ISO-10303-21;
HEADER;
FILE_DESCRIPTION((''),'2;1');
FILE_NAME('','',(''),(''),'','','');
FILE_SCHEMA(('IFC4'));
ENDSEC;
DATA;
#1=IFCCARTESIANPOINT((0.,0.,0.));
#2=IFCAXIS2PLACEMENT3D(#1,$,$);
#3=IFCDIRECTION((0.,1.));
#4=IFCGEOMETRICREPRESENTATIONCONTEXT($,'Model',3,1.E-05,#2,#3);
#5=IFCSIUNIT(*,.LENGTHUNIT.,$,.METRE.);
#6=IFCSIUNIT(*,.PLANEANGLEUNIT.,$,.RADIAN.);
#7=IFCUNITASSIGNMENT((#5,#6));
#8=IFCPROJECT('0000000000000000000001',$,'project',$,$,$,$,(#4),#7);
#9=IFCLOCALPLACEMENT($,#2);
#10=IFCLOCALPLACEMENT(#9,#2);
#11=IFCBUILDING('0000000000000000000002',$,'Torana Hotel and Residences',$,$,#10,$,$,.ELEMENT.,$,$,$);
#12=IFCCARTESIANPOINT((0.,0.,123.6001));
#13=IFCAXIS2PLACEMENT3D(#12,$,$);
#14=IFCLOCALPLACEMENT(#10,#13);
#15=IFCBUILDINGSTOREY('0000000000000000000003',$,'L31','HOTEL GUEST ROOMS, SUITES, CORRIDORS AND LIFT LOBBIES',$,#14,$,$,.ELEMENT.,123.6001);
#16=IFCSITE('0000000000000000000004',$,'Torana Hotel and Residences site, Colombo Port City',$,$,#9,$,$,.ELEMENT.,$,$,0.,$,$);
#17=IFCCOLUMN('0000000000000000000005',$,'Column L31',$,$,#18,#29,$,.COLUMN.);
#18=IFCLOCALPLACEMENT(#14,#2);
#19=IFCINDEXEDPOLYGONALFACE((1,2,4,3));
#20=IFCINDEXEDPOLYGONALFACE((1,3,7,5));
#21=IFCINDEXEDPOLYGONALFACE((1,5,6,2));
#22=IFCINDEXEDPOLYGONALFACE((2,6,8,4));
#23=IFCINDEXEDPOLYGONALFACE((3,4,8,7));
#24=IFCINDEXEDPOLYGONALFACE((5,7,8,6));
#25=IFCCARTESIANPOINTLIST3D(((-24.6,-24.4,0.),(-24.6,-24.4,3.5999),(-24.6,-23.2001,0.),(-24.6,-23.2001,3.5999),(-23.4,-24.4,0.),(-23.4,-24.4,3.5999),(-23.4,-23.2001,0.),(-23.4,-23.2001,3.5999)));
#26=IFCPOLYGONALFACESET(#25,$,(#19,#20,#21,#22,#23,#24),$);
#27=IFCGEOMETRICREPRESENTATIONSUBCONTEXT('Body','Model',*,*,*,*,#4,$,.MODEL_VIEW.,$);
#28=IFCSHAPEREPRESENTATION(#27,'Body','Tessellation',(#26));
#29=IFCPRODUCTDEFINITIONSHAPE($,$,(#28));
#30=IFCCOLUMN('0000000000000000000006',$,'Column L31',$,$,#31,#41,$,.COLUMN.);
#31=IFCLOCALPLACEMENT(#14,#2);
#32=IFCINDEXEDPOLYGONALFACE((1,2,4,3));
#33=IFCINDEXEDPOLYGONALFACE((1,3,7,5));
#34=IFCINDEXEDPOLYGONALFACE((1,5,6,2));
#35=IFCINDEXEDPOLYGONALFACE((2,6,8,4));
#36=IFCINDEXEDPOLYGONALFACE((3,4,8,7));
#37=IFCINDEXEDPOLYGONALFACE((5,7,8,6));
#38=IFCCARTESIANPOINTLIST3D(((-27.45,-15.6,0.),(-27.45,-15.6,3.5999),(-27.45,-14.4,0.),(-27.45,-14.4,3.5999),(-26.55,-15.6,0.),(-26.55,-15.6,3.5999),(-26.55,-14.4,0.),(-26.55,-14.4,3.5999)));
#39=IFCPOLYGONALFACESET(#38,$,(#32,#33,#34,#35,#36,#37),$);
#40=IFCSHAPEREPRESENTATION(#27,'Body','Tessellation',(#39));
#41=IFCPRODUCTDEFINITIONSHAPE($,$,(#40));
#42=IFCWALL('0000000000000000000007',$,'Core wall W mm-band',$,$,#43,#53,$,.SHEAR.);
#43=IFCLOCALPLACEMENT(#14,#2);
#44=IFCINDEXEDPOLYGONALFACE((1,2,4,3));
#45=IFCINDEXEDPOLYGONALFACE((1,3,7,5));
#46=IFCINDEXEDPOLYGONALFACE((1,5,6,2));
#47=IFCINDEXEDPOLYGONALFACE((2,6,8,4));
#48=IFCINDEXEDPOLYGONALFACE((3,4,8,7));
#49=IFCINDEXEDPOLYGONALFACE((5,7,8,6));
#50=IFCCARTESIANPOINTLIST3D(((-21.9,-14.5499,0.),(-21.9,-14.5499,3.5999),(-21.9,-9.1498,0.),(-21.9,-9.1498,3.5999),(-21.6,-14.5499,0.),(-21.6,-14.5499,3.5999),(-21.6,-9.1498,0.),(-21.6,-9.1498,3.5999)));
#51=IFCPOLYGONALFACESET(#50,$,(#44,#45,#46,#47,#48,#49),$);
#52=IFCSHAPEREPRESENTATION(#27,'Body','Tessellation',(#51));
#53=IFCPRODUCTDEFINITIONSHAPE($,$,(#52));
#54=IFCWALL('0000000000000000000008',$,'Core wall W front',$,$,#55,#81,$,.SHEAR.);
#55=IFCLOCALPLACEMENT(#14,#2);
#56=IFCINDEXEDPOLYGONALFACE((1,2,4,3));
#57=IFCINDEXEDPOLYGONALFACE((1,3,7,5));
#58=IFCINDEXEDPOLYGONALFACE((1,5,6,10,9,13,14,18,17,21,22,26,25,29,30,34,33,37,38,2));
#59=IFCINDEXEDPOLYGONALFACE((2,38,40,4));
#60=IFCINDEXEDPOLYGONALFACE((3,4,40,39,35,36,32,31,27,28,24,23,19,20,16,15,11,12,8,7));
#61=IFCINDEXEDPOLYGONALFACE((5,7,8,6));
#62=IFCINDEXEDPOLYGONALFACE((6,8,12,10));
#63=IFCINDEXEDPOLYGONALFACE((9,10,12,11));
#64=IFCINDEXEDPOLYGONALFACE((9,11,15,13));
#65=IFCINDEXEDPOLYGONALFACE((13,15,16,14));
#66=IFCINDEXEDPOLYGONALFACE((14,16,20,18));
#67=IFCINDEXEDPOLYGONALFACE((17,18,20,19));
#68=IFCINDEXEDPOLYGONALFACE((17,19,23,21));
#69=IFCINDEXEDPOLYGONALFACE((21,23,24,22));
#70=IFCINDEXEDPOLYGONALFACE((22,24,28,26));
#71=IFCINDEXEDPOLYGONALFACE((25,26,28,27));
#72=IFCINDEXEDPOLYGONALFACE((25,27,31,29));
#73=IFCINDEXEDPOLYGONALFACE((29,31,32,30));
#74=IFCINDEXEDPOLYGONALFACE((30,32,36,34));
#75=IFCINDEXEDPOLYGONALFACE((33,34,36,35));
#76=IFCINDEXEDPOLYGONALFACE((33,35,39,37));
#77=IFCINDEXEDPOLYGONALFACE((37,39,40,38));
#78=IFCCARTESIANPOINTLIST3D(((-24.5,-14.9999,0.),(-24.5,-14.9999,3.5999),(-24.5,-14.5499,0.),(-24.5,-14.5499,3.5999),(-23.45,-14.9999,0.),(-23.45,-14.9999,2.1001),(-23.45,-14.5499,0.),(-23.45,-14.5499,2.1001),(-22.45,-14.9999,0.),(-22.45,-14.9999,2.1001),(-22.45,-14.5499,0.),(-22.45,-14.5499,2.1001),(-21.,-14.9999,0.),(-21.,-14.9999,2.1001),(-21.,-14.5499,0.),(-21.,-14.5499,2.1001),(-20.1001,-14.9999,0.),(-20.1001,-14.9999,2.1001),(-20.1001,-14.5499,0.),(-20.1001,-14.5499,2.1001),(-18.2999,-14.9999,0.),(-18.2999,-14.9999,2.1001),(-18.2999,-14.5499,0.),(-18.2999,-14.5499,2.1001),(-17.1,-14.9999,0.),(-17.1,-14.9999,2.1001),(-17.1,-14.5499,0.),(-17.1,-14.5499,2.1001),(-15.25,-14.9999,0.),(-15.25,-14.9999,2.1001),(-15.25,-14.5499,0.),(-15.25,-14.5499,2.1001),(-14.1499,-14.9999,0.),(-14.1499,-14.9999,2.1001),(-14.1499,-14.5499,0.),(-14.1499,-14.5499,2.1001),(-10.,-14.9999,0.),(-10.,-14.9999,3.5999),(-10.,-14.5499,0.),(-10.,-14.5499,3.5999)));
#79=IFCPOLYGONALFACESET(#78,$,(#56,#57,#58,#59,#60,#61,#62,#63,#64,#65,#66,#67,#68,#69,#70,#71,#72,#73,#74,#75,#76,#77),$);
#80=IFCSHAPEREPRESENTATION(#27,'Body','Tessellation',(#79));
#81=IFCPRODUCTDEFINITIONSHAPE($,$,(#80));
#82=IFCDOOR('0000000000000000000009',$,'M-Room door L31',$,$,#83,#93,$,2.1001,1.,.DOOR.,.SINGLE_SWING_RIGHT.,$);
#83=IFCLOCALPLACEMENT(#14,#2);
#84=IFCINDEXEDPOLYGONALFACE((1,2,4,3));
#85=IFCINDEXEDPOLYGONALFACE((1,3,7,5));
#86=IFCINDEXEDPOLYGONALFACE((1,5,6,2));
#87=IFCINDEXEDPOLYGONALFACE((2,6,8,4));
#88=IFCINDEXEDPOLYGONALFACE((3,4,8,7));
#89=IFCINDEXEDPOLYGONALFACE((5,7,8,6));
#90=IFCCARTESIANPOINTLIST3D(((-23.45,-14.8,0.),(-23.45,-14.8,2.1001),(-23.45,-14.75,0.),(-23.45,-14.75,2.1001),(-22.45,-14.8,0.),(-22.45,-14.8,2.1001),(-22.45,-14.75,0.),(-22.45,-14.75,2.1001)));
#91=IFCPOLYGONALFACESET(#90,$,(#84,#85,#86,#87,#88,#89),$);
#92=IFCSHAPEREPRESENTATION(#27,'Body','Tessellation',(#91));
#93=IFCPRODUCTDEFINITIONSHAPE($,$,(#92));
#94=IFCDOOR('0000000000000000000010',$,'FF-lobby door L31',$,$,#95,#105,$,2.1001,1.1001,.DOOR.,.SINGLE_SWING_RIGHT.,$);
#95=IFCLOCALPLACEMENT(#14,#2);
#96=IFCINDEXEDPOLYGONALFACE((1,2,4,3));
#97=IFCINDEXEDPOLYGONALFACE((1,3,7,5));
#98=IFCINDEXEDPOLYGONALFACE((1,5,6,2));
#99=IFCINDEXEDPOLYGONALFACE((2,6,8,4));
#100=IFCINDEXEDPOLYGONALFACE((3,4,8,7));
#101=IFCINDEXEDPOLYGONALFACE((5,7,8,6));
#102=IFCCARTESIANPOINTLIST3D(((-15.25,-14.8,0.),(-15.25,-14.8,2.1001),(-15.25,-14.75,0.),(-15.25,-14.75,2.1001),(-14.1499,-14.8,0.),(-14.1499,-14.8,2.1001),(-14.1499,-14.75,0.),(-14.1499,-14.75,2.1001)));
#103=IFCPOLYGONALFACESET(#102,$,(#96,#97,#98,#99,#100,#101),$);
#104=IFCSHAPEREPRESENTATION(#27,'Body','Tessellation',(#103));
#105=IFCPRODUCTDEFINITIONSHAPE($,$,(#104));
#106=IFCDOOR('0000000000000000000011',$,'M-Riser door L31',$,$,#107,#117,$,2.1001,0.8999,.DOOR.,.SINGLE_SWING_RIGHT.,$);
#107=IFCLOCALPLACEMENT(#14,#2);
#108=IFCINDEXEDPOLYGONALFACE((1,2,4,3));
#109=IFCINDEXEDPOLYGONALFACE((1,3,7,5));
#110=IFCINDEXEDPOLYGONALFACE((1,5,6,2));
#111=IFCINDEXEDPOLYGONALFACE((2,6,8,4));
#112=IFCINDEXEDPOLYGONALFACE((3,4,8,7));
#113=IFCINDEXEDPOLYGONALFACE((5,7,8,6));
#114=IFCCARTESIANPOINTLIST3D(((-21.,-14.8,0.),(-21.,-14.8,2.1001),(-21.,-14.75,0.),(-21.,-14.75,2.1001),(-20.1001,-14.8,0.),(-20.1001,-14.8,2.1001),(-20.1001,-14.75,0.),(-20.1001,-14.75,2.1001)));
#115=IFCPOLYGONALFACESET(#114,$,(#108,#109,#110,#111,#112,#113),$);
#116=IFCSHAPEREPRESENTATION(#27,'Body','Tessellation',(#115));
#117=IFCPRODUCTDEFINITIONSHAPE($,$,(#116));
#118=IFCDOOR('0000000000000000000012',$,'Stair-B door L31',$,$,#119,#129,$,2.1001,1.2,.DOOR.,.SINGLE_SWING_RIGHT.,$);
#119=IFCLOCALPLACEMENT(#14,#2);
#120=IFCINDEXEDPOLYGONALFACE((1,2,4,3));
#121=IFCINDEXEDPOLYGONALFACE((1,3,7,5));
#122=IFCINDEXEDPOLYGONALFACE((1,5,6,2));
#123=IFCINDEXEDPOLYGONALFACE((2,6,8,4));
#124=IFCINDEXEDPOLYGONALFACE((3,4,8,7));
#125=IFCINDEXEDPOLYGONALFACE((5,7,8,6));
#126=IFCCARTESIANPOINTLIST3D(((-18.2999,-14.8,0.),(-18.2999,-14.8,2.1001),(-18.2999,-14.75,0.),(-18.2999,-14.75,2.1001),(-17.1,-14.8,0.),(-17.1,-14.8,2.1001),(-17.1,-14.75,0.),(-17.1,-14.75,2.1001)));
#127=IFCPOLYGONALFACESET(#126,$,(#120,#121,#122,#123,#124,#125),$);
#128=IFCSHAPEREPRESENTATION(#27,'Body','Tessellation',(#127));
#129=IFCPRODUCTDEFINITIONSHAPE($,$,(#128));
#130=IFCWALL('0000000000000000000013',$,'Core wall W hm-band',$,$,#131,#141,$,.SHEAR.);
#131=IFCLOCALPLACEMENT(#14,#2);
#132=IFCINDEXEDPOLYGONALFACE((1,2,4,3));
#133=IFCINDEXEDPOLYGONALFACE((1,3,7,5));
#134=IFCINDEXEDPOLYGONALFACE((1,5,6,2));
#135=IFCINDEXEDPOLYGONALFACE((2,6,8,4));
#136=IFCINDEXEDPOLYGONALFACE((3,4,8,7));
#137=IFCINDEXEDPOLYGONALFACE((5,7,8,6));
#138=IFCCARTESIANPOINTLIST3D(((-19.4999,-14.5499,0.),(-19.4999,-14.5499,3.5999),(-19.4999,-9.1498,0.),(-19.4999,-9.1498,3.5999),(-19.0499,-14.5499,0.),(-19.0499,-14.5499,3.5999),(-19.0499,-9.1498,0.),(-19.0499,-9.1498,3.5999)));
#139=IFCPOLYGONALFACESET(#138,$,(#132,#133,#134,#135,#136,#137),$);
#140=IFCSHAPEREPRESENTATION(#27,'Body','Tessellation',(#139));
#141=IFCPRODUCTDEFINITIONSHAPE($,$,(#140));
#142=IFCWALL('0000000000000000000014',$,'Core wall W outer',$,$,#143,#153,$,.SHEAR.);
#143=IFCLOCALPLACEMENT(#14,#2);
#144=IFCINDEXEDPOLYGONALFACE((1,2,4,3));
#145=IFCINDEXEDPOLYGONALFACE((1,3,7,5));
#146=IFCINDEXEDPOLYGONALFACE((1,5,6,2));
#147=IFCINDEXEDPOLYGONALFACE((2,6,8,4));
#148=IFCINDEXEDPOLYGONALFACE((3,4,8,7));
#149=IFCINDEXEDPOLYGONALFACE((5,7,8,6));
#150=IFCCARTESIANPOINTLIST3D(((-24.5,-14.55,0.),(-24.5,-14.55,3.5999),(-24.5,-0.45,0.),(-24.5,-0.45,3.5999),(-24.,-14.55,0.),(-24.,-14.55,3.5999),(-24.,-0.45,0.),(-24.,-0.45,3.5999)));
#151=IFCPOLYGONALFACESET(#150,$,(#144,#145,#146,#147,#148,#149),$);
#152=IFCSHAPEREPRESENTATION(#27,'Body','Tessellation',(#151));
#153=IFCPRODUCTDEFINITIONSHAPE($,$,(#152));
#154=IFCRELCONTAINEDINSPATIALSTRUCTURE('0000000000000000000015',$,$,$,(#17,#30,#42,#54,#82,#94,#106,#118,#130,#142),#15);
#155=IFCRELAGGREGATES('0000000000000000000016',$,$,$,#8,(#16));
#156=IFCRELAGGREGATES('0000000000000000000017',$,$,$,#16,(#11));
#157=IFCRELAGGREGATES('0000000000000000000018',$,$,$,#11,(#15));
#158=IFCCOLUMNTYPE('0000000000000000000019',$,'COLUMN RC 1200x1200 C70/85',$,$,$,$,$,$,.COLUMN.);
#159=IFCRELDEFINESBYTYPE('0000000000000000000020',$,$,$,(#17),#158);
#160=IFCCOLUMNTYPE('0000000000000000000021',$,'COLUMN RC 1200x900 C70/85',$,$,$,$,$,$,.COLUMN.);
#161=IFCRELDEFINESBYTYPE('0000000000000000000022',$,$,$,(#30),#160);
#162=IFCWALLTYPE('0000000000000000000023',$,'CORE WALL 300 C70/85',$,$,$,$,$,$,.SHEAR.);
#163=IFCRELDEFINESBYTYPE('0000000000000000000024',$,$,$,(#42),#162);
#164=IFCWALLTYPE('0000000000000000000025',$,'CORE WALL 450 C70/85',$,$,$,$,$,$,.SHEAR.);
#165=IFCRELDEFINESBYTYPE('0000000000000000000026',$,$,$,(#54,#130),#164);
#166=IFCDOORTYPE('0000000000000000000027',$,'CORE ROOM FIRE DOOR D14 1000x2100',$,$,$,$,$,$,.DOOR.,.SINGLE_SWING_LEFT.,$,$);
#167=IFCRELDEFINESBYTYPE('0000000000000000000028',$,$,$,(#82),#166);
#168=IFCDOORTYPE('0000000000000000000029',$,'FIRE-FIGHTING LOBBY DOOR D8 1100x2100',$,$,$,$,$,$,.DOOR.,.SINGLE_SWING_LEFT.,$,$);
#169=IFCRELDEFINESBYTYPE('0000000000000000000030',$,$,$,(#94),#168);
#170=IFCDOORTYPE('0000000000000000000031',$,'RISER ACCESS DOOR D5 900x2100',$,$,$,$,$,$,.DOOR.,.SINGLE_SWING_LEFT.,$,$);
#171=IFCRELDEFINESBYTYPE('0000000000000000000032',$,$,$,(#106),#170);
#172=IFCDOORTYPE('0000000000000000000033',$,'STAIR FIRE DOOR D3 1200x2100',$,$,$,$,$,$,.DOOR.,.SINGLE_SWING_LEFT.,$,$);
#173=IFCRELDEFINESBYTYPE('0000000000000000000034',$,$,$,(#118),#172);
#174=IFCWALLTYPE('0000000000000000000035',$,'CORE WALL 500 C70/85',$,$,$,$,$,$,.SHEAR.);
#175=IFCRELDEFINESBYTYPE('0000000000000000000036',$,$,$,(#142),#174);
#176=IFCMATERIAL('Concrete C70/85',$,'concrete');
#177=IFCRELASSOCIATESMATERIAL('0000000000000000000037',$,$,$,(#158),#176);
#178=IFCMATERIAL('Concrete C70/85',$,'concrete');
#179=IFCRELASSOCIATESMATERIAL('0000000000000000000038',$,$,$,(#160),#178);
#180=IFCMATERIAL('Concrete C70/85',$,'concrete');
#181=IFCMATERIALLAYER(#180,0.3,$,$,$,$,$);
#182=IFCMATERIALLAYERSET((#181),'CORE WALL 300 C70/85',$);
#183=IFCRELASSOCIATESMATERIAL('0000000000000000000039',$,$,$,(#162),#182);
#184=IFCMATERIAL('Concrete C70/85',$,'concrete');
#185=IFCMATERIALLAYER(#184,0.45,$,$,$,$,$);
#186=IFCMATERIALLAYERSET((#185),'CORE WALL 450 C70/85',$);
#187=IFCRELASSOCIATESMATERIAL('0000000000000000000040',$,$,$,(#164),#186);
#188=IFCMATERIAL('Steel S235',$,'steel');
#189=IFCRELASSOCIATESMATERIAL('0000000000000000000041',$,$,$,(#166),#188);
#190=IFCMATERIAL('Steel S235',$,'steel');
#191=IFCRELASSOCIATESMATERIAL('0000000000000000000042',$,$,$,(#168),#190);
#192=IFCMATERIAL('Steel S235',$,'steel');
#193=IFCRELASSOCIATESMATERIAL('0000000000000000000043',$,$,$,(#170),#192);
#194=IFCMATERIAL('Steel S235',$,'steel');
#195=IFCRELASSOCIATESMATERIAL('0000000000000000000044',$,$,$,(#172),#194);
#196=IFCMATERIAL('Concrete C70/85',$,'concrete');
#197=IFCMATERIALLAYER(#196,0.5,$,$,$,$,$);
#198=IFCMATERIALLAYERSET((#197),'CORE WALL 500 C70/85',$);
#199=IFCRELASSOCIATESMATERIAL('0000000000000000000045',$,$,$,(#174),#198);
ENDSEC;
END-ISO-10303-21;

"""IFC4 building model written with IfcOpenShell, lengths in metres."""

from ifc_helpers import new_model, si_unit, direction, frame, frame_2d, origin, origin_2d, place, context, subcontext, project, spatial, rectangle, extrude, material, layer, layer_set, material_profile, profile_set, type_object, element, fill, save


model = new_model("IFC4")

# Units and contexts
model_context = context("Model", 3, precision=1e-05, world=origin(), true_north=direction((0.0, 1.0)))
body_context = subcontext(model_context, "Body", "Model", "MODEL_VIEW")
ifc_project = project(units=[si_unit("LENGTHUNIT", "METRE"), si_unit("PLANEANGLEUNIT", "RADIAN")], contexts=[model_context])

# Site, building, storey
site_placement = place(None, origin())
site = spatial("IfcSite", under=ifc_project, at=site_placement, Name="Torana Hotel and Residences site, Colombo Port City", CompositionType="ELEMENT", RefElevation=0.0)
building_placement = place(site_placement, origin())
building = spatial("IfcBuilding", under=site, at=building_placement, Name="Torana Hotel and Residences", CompositionType="ELEMENT")
storey_placement = place(building_placement, frame((0.0, 0.0, 123.6001)))
storey = spatial("IfcBuildingStorey", under=building, at=storey_placement, Name="L31", Description="HOTEL GUEST ROOMS, SUITES, CORRIDORS AND LIFT LOBBIES", CompositionType="ELEMENT", Elevation=123.6001)

# Columns
ifc_material_1 = material(Name="Concrete C70/85", Category="concrete")
ifc_material_profile_1 = material_profile(ifc_material_1, rectangle(XDim=1.2, YDim=1.2, at=origin_2d()), Name="RC 1200x1200")
ifc_profile_set_1 = profile_set([ifc_material_profile_1], Name="Concrete C70/85")
column_type_1 = type_object("IfcColumnType", Name="COLUMN RC 1200x1200 C70/85", PredefinedType="COLUMN", material=ifc_profile_set_1)
column_1_placement = place(storey_placement, frame((-24.0, -23.8, 0.0), z_axis=(0.0, 0.0, 1.0), x_axis=(1.0, 0.0, 0.0)))
element("IfcColumn", 1, at=column_1_placement, inside=storey, type_object=column_type_1, Name="Column L31", PredefinedType="COLUMN", context=body_context, shape_type="SweptSolid", body=[
    extrude(rectangle(XDim=1.2, YDim=1.2, at=origin_2d()), origin(), (0.0, 0.0, 1.0), 3.5999),
])
ifc_material_2 = material(Name="Concrete C70/85", Category="concrete")
ifc_material_profile_2 = material_profile(ifc_material_2, rectangle(XDim=1.2, YDim=0.8999, at=origin_2d()), Name="RC 1200x900")
ifc_profile_set_2 = profile_set([ifc_material_profile_2], Name="Concrete C70/85")
column_type_2 = type_object("IfcColumnType", Name="COLUMN RC 1200x900 C70/85", PredefinedType="COLUMN", material=ifc_profile_set_2)
column_2_placement = place(storey_placement, frame((-27.0, -15.0, 0.0), z_axis=(0.0, 0.0, 1.0), x_axis=(0.0, 1.0, 0.0)))
element("IfcColumn", 2, at=column_2_placement, inside=storey, type_object=column_type_2, Name="Column L31", PredefinedType="COLUMN", context=body_context, shape_type="SweptSolid", body=[
    extrude(rectangle(XDim=1.2, YDim=0.8999, at=origin_2d()), origin(), (0.0, 0.0, 1.0), 3.5999),
])

# Wall
ifc_material_3 = material(Name="Concrete C70/85", Category="concrete")
ifc_layer_1 = layer(ifc_material_3, 0.3)
ifc_layer_set_1 = layer_set([ifc_layer_1], Name="CORE WALL 300 C70/85")
wall_type_1 = type_object("IfcWallType", Name="CORE WALL 300 C70/85", PredefinedType="SHEAR", material=ifc_layer_set_1)
wall_1_placement = place(storey_placement, frame((-21.75, -14.55, 0.0), z_axis=(0.0, 0.0, 1.0), x_axis=(0.0, 1.0, 0.0)))
element("IfcWall", 3, at=wall_1_placement, inside=storey, type_object=wall_type_1, Name="Core wall W mm-band", PredefinedType="SHEAR", context=body_context, shape_type="SweptSolid", body=[
    extrude(rectangle(XDim=5.4001, YDim=0.3, at=frame_2d((2.7002, 0.0))), origin(), (0.0, 0.0, 1.0), 3.5999),
])

# Wall, openings, doors
ifc_material_4 = material(Name="Concrete C70/85", Category="concrete")
ifc_layer_2 = layer(ifc_material_4, 0.45)
ifc_layer_set_2 = layer_set([ifc_layer_2], Name="CORE WALL 450 C70/85")
wall_type_2 = type_object("IfcWallType", Name="CORE WALL 450 C70/85", PredefinedType="SHEAR", material=ifc_layer_set_2)
wall_2_placement = place(storey_placement, frame((-24.5, -14.7749, 0.0), z_axis=(0.0, 0.0, 1.0), x_axis=(1.0, 0.0, 0.0)))
wall_2 = element("IfcWall", 4, at=wall_2_placement, inside=storey, type_object=wall_type_2, Name="Core wall W front", PredefinedType="SHEAR", context=body_context, shape_type="SweptSolid", body=[
    extrude(rectangle(XDim=14.5, YDim=0.45, at=frame_2d((7.25, 0.0))), origin(), (0.0, 0.0, 1.0), 3.5999),
])
opening_1_placement = place(wall_2_placement, frame((6.2, 0.0, 0.0)))
opening_1 = element("IfcOpeningElement", 5, at=opening_1_placement, cuts=wall_2, PredefinedType="OPENING", context=body_context, shape_type="SweptSolid", body=[
    extrude(rectangle(XDim=1.2, YDim=2.1001, at=frame_2d((0.6001, 1.05))), frame((0.0, 0.2349, 0.0), z_axis=(0.0, -1.0, 0.0), x_axis=(1.0, 0.0, 0.0)), (0.0, 0.0, 1.0), 0.47),
])
opening_2_placement = place(wall_2_placement, frame((9.25, 0.0, 0.0)))
opening_2 = element("IfcOpeningElement", 6, at=opening_2_placement, cuts=wall_2, PredefinedType="OPENING", context=body_context, shape_type="SweptSolid", body=[
    extrude(rectangle(XDim=1.1001, YDim=2.1001, at=frame_2d((0.55, 1.05))), frame((0.0, 0.2349, 0.0), z_axis=(0.0, -1.0, 0.0), x_axis=(1.0, 0.0, 0.0)), (0.0, 0.0, 1.0), 0.47),
])
opening_3_placement = place(wall_2_placement, frame((3.5, 0.0, 0.0)))
opening_3 = element("IfcOpeningElement", 7, at=opening_3_placement, cuts=wall_2, PredefinedType="OPENING", context=body_context, shape_type="SweptSolid", body=[
    extrude(rectangle(XDim=0.8999, YDim=2.1001, at=frame_2d((0.45, 1.05))), frame((0.0, 0.2349, 0.0), z_axis=(0.0, -1.0, 0.0), x_axis=(1.0, 0.0, 0.0)), (0.0, 0.0, 1.0), 0.47),
])
opening_4_placement = place(wall_2_placement, frame((1.05, 0.0, 0.0)))
opening_4 = element("IfcOpeningElement", 8, at=opening_4_placement, cuts=wall_2, PredefinedType="OPENING", context=body_context, shape_type="SweptSolid", body=[
    extrude(rectangle(XDim=1.0, YDim=2.1001, at=frame_2d((0.5, 1.05))), frame((0.0, 0.2349, 0.0), z_axis=(0.0, -1.0, 0.0), x_axis=(1.0, 0.0, 0.0)), (0.0, 0.0, 1.0), 0.47),
])
ifc_material_5 = material(Name="Steel S235", Category="steel")
door_type_1 = type_object("IfcDoorType", Name="CORE ROOM FIRE DOOR D14 1000x2100", OperationType="SINGLE_SWING_LEFT", PredefinedType="DOOR", material=ifc_material_5)
door_1_placement = place(opening_4_placement, origin())
door_1 = element("IfcDoor", 9, at=door_1_placement, inside=storey, type_object=door_type_1, Name="M-Room door L31", OperationType="SINGLE_SWING_RIGHT", OverallHeight=2.1001, OverallWidth=1.0, PredefinedType="DOOR", context=body_context, shape_type="SweptSolid", body=[
    extrude(rectangle(XDim=1.0, YDim=2.1001, at=frame_2d((0.5, 1.05))), frame((0.0, 0.0249, 0.0), z_axis=(0.0, -1.0, 0.0), x_axis=(1.0, 0.0, 0.0)), (0.0, 0.0, 1.0), 0.05),
])
fill(opening_4, door_1)
ifc_material_6 = material(Name="Steel S235", Category="steel")
door_type_2 = type_object("IfcDoorType", Name="FIRE-FIGHTING LOBBY DOOR D8 1100x2100", OperationType="SINGLE_SWING_LEFT", PredefinedType="DOOR", material=ifc_material_6)
door_2_placement = place(opening_2_placement, origin())
door_2 = element("IfcDoor", 10, at=door_2_placement, inside=storey, type_object=door_type_2, Name="FF-lobby door L31", OperationType="SINGLE_SWING_RIGHT", OverallHeight=2.1001, OverallWidth=1.1001, PredefinedType="DOOR", context=body_context, shape_type="SweptSolid", body=[
    extrude(rectangle(XDim=1.1001, YDim=2.1001, at=frame_2d((0.55, 1.05))), frame((0.0, 0.0249, 0.0), z_axis=(0.0, -1.0, 0.0), x_axis=(1.0, 0.0, 0.0)), (0.0, 0.0, 1.0), 0.05),
])
fill(opening_2, door_2)
ifc_material_7 = material(Name="Steel S235", Category="steel")
door_type_3 = type_object("IfcDoorType", Name="RISER ACCESS DOOR D5 900x2100", OperationType="SINGLE_SWING_LEFT", PredefinedType="DOOR", material=ifc_material_7)
door_3_placement = place(opening_3_placement, origin())
door_3 = element("IfcDoor", 11, at=door_3_placement, inside=storey, type_object=door_type_3, Name="M-Riser door L31", OperationType="SINGLE_SWING_RIGHT", OverallHeight=2.1001, OverallWidth=0.8999, PredefinedType="DOOR", context=body_context, shape_type="SweptSolid", body=[
    extrude(rectangle(XDim=0.8999, YDim=2.1001, at=frame_2d((0.45, 1.05))), frame((0.0, 0.0249, 0.0), z_axis=(0.0, -1.0, 0.0), x_axis=(1.0, 0.0, 0.0)), (0.0, 0.0, 1.0), 0.05),
])
fill(opening_3, door_3)
ifc_material_8 = material(Name="Steel S235", Category="steel")
door_type_4 = type_object("IfcDoorType", Name="STAIR FIRE DOOR D3 1200x2100", OperationType="SINGLE_SWING_LEFT", PredefinedType="DOOR", material=ifc_material_8)
door_4_placement = place(opening_1_placement, origin())
door_4 = element("IfcDoor", 12, at=door_4_placement, inside=storey, type_object=door_type_4, Name="Stair-B door L31", OperationType="SINGLE_SWING_RIGHT", OverallHeight=2.1001, OverallWidth=1.2, PredefinedType="DOOR", context=body_context, shape_type="SweptSolid", body=[
    extrude(rectangle(XDim=1.2, YDim=2.1001, at=frame_2d((0.6001, 1.05))), frame((0.0, 0.0249, 0.0), z_axis=(0.0, -1.0, 0.0), x_axis=(1.0, 0.0, 0.0)), (0.0, 0.0, 1.0), 0.05),
])
fill(opening_1, door_4)

# Walls
wall_3_placement = place(storey_placement, frame((-19.2749, -14.55, 0.0), z_axis=(0.0, 0.0, 1.0), x_axis=(0.0, 1.0, 0.0)))
element("IfcWall", 13, at=wall_3_placement, inside=storey, type_object=wall_type_2, Name="Core wall W hm-band", PredefinedType="SHEAR", context=body_context, shape_type="SweptSolid", body=[
    extrude(rectangle(XDim=5.4001, YDim=0.45, at=frame_2d((2.7002, 0.0))), origin(), (0.0, 0.0, 1.0), 3.5999),
])
ifc_material_9 = material(Name="Concrete C70/85", Category="concrete")
ifc_layer_3 = layer(ifc_material_9, 0.5)
ifc_layer_set_3 = layer_set([ifc_layer_3], Name="CORE WALL 500 C70/85")
wall_type_3 = type_object("IfcWallType", Name="CORE WALL 500 C70/85", PredefinedType="SHEAR", material=ifc_layer_set_3)
wall_4_placement = place(storey_placement, frame((-24.25, -14.55, 0.0), z_axis=(0.0, 0.0, 1.0), x_axis=(0.0, 1.0, 0.0)))
element("IfcWall", 14, at=wall_4_placement, inside=storey, type_object=wall_type_3, Name="Core wall W outer", PredefinedType="SHEAR", context=body_context, shape_type="SweptSolid", body=[
    extrude(rectangle(XDim=14.1001, YDim=0.5, at=frame_2d((7.05, 0.0))), origin(), (0.0, 0.0, 1.0), 3.5999),
])

save(model, "model.ifc")
